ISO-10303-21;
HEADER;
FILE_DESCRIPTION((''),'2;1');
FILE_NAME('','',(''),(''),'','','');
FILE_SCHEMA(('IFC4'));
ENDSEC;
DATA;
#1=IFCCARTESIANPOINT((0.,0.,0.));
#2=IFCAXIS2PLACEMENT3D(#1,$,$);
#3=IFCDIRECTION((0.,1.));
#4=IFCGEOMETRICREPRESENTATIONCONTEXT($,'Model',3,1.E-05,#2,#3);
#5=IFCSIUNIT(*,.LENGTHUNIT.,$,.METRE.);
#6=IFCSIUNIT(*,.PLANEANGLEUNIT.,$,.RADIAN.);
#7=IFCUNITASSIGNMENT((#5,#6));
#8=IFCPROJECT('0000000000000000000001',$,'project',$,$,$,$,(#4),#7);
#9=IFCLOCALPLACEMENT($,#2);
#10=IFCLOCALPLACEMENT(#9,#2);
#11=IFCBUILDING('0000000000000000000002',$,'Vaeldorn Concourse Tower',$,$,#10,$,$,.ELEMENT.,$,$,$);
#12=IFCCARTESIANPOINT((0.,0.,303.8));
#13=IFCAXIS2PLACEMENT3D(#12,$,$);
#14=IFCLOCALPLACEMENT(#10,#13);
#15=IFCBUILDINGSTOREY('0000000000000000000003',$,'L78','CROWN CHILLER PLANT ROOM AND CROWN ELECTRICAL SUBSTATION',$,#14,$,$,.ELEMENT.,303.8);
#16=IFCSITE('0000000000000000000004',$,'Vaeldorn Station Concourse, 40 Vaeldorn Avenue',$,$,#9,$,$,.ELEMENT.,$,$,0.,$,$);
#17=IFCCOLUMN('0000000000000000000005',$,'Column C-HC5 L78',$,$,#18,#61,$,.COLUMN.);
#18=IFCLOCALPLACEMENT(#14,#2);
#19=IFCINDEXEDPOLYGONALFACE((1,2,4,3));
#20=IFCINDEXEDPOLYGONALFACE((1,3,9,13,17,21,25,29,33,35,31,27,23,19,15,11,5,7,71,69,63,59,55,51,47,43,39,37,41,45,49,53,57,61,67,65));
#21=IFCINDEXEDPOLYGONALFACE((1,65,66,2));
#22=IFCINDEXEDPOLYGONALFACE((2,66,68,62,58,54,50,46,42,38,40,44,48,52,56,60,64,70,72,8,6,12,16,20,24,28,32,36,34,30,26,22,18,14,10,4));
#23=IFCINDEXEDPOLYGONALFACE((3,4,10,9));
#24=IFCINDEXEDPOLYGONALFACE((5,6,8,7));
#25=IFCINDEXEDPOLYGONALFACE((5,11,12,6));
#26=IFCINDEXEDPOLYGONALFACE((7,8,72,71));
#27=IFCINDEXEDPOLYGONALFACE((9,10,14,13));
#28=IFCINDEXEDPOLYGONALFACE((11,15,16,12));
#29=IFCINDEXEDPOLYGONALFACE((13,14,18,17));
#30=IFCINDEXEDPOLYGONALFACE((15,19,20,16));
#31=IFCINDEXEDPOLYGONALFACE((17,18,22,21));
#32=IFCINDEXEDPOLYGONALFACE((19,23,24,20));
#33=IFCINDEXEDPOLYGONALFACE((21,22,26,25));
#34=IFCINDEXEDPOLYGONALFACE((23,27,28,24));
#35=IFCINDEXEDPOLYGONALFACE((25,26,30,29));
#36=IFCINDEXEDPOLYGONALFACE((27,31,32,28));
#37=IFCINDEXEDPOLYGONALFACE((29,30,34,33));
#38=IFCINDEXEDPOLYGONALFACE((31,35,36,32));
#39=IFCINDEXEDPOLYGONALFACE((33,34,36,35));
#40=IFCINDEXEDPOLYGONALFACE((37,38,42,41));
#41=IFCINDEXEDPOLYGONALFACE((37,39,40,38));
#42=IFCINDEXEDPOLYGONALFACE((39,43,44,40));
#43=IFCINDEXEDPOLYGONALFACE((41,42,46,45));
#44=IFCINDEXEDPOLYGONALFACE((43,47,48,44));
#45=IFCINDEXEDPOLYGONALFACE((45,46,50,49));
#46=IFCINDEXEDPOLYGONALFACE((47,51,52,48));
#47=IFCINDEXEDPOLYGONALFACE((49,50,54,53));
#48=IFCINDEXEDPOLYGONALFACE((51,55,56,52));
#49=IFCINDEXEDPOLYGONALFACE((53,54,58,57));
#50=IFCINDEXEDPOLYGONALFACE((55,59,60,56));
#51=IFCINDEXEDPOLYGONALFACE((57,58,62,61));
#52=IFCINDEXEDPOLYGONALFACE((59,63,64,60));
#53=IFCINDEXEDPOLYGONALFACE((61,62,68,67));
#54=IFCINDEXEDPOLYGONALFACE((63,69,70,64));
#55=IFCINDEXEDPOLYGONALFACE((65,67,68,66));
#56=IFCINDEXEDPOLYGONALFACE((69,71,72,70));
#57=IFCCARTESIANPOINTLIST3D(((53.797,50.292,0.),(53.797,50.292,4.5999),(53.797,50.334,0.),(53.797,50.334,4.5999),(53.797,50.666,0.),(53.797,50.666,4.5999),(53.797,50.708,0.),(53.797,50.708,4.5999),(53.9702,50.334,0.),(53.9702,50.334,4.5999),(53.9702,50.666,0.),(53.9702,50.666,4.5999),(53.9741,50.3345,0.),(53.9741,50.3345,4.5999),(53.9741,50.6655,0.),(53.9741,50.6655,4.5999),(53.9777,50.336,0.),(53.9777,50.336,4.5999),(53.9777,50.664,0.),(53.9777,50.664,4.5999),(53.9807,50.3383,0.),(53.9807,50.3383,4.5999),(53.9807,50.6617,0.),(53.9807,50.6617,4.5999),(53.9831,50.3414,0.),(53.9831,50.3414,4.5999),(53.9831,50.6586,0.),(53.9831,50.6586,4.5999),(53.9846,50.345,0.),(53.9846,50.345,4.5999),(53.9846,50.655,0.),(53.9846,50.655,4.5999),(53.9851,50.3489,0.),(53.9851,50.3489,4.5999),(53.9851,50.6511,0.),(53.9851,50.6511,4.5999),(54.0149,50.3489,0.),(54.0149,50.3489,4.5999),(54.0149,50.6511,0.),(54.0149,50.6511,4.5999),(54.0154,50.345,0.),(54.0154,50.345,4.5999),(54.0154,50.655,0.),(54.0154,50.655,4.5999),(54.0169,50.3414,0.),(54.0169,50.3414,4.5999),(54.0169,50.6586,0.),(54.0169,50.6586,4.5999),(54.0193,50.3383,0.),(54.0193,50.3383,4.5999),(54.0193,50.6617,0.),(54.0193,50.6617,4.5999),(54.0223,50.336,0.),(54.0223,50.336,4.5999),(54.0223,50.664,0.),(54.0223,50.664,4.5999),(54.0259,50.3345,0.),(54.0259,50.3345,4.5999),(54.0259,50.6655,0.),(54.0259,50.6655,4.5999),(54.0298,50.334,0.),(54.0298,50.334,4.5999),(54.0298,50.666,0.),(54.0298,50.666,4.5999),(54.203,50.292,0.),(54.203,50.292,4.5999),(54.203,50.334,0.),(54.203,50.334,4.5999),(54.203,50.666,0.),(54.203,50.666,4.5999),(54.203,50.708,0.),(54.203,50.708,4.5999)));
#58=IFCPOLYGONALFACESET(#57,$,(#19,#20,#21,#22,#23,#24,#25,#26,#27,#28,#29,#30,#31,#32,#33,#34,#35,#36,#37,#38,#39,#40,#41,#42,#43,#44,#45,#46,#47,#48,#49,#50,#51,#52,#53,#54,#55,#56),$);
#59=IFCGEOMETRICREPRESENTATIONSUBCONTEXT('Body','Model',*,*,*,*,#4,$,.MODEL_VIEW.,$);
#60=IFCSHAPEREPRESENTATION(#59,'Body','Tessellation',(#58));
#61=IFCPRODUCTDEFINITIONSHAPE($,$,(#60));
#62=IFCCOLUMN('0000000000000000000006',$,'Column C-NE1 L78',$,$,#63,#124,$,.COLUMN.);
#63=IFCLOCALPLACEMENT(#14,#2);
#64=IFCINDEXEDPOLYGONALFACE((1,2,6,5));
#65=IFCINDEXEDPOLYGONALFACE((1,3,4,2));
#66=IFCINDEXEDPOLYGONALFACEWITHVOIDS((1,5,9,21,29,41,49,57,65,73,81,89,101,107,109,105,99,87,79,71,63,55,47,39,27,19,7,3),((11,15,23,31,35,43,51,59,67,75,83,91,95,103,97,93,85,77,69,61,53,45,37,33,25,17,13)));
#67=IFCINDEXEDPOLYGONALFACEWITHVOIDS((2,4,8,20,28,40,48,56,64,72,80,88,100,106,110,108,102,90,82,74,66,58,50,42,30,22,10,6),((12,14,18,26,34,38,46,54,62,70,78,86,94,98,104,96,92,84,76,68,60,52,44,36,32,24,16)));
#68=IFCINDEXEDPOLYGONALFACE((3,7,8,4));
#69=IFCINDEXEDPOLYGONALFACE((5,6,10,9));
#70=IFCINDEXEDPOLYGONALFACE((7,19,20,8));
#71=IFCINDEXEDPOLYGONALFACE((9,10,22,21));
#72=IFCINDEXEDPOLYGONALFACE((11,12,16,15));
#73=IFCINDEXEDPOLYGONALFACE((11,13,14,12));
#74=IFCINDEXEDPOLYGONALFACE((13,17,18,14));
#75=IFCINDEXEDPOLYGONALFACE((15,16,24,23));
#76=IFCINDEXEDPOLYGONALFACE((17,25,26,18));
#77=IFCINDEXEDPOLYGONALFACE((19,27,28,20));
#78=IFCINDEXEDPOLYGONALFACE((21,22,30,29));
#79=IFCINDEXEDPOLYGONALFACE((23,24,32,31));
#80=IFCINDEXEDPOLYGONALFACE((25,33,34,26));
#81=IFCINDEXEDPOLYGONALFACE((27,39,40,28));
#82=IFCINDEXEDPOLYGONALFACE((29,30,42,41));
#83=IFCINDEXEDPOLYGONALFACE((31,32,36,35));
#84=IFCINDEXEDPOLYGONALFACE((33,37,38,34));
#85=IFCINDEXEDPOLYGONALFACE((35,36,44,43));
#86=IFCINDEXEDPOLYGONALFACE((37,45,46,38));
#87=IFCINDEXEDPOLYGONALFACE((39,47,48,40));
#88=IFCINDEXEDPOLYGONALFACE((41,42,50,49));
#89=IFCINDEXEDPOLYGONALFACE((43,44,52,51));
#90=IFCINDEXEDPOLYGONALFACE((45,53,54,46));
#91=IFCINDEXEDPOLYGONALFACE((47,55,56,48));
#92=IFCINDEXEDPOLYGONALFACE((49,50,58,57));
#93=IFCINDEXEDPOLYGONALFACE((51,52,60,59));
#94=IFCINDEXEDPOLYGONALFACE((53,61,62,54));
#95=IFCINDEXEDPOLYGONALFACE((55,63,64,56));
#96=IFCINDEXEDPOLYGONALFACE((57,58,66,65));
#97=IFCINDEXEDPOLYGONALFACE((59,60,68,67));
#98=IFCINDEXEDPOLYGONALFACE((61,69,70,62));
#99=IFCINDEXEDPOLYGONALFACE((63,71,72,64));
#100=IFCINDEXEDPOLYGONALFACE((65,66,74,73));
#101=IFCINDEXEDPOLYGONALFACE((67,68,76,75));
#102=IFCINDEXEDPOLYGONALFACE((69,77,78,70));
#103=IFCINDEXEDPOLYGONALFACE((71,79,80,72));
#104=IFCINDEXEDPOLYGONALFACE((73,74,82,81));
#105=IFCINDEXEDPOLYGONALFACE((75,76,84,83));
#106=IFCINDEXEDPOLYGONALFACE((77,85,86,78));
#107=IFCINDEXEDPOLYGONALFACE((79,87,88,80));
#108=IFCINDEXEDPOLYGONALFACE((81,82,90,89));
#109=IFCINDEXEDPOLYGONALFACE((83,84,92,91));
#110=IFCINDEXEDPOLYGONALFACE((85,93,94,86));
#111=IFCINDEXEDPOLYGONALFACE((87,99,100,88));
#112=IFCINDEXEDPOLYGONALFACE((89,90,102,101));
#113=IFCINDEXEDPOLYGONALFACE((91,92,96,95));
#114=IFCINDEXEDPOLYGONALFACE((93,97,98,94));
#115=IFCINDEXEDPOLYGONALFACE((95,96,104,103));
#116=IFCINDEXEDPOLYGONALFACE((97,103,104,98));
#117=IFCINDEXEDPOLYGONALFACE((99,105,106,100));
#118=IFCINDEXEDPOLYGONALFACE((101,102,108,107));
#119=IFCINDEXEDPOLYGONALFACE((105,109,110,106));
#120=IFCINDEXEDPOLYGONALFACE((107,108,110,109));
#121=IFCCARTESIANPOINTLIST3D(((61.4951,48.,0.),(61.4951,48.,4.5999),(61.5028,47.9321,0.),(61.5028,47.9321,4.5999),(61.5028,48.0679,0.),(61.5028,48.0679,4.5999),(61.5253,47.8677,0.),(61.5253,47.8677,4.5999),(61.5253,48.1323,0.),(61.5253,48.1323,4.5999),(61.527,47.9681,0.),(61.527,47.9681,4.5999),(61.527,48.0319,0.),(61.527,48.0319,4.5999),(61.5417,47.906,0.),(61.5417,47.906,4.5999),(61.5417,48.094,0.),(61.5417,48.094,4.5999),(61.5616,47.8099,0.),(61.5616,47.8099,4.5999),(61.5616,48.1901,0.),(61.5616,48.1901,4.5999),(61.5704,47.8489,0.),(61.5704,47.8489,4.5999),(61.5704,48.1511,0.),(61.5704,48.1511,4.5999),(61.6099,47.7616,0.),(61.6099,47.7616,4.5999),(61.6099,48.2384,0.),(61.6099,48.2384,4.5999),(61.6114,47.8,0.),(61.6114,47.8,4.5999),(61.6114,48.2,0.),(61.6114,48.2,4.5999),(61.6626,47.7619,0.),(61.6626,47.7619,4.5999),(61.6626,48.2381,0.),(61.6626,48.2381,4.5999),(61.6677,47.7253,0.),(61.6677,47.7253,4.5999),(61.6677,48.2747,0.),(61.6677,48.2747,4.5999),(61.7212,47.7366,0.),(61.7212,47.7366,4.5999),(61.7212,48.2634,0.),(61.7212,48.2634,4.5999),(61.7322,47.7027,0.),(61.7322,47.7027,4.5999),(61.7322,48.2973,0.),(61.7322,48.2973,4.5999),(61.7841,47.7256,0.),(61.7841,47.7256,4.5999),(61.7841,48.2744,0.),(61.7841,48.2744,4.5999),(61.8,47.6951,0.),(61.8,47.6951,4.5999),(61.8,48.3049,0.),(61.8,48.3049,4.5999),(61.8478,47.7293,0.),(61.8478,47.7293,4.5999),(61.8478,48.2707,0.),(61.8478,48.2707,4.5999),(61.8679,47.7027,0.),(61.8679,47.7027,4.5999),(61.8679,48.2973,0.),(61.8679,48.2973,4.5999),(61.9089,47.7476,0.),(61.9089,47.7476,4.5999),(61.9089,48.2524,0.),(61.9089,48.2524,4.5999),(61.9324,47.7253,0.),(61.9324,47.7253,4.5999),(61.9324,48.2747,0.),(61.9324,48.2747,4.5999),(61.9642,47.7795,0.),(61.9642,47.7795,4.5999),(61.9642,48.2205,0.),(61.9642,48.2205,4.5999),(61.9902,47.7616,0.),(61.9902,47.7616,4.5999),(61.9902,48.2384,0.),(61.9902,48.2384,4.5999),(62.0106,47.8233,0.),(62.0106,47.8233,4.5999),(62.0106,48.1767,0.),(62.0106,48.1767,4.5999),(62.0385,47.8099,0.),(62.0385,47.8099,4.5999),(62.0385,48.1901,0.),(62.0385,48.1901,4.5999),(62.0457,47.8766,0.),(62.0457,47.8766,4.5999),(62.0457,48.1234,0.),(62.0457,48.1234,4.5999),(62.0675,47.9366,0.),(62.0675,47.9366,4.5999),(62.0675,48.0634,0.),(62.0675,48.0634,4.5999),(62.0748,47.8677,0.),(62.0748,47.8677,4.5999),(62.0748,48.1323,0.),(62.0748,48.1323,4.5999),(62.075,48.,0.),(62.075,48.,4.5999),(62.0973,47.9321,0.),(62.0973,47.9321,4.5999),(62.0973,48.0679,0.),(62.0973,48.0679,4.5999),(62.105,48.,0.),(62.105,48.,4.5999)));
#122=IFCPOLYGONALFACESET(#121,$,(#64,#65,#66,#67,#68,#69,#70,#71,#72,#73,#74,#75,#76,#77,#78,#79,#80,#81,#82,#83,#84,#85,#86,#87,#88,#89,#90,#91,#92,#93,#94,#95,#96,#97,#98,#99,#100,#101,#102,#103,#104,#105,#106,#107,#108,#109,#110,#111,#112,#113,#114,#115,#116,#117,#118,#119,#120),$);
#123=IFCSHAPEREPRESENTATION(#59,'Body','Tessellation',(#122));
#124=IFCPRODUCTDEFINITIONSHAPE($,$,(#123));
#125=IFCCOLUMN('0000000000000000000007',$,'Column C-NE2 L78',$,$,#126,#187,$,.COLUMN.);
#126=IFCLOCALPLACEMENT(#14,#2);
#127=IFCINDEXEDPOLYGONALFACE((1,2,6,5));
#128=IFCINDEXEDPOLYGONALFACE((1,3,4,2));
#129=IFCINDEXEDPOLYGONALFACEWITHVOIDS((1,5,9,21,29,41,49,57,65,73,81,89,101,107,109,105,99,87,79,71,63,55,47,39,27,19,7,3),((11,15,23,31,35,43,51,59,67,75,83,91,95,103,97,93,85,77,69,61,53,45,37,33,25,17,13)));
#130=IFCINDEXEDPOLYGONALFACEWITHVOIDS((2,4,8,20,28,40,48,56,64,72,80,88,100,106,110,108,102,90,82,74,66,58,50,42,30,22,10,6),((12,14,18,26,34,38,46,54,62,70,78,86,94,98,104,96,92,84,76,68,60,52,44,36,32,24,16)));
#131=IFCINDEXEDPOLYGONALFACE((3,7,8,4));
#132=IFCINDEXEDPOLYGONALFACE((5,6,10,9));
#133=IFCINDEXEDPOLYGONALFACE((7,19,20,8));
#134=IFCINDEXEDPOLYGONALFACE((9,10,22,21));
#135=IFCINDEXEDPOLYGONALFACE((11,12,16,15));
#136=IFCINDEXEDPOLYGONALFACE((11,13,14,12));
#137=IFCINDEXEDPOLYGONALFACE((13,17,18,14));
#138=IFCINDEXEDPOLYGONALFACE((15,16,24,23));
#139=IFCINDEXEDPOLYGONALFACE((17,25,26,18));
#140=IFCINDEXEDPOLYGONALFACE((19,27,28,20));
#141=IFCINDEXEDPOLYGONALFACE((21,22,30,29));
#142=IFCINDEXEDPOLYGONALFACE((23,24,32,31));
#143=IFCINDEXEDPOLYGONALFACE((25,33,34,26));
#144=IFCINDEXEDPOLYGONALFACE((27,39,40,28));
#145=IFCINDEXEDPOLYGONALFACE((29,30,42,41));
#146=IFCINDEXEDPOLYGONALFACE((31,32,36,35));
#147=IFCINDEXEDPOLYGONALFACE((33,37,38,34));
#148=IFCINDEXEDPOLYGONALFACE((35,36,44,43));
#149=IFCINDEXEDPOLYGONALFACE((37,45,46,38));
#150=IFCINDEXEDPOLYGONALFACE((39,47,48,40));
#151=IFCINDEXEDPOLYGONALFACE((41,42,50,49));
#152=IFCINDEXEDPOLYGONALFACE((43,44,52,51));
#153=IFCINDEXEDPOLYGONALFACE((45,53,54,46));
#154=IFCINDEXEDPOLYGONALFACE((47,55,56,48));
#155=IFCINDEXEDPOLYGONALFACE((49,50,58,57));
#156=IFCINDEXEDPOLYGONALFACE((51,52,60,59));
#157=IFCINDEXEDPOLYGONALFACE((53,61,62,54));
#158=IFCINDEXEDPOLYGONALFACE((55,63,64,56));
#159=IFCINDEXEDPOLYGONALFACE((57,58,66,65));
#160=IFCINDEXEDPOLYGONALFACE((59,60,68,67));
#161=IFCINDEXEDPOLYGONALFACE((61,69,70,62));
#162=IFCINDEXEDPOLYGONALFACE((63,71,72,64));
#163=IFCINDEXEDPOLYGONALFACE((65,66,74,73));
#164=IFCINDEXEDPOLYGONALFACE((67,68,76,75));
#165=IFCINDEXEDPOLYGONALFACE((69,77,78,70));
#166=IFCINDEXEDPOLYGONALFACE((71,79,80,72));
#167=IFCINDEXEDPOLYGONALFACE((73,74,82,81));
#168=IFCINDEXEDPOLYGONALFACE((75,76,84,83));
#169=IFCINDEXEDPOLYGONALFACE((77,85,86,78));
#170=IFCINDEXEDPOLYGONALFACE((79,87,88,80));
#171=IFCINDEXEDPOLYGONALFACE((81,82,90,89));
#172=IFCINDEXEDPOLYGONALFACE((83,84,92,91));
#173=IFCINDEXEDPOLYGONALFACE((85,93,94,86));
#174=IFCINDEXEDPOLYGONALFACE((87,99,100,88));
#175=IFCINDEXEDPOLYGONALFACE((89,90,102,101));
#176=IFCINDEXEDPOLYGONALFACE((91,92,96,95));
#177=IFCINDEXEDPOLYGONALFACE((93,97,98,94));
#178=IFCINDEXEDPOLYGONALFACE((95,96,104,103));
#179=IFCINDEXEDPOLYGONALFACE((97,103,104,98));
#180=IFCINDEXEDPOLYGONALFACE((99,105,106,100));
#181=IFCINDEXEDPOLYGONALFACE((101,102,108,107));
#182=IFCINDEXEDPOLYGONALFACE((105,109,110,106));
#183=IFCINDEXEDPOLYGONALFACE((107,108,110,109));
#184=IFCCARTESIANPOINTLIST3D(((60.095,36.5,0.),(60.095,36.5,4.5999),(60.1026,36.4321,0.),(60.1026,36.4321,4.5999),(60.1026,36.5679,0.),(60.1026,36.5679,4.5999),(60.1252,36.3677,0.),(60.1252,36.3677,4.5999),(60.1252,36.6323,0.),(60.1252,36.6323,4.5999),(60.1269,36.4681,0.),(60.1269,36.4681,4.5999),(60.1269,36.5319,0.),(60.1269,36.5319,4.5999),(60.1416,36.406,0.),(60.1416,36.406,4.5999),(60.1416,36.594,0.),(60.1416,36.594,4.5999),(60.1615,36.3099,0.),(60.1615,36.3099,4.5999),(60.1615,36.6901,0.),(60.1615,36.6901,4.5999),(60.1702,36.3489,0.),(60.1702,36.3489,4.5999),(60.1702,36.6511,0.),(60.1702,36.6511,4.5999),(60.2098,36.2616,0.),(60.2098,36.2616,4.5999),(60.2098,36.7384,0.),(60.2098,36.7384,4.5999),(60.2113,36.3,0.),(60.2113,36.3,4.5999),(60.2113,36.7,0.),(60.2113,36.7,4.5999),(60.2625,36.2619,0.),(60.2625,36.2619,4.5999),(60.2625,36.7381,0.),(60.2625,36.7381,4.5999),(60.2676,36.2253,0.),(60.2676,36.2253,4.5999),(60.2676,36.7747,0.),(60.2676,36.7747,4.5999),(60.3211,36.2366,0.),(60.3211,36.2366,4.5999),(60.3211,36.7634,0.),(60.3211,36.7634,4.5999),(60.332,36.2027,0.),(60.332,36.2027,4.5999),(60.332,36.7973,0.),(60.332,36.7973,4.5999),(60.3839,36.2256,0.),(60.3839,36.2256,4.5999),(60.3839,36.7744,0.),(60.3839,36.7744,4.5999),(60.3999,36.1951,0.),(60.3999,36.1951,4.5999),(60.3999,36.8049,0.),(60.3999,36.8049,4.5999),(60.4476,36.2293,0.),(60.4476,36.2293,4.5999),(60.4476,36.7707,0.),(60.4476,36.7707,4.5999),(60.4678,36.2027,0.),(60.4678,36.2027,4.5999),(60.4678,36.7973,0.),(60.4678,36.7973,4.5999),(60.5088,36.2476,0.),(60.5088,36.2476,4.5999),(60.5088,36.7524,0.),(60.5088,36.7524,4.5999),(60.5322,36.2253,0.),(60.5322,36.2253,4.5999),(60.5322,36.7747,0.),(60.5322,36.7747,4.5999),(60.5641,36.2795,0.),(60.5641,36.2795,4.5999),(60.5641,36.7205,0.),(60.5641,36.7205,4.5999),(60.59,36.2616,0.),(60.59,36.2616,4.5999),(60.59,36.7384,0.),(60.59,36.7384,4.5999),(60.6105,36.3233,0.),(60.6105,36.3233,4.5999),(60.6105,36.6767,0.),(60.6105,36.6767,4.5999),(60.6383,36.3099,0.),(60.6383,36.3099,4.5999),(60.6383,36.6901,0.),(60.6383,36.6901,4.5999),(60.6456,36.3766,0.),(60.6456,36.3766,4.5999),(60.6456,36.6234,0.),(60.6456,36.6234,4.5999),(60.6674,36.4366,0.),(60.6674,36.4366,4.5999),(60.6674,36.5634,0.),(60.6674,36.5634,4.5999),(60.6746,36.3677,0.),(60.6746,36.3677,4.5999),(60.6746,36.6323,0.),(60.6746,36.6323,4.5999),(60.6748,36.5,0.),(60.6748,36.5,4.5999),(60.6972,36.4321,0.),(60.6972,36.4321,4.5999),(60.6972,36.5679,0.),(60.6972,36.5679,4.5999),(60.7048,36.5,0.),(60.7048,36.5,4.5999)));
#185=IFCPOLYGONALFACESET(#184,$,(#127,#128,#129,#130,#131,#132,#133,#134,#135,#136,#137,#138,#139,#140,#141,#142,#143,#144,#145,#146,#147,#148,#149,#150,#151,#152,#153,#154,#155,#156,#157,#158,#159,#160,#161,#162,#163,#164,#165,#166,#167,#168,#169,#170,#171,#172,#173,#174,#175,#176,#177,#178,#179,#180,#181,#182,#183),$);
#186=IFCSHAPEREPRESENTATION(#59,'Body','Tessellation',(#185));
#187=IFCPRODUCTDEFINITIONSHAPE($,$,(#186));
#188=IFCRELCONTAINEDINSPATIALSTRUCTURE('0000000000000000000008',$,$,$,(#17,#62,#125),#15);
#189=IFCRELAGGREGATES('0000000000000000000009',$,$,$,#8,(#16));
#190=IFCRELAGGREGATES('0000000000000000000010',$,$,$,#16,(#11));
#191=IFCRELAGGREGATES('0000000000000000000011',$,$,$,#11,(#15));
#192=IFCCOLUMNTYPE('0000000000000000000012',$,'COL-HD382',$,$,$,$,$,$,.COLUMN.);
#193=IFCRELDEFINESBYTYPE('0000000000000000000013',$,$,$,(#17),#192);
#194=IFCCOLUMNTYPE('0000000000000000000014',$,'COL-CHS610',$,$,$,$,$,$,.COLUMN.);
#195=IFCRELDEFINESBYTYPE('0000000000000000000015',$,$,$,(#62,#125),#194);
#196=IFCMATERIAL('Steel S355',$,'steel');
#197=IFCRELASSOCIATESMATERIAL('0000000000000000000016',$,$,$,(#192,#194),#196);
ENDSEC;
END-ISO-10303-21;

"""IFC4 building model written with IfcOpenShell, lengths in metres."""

from ifc_helpers import new_model, si_unit, direction, frame, origin, origin_2d, place, context, subcontext, project, spatial, hollow_circle, i_section, extrude, source, transform, mapped, material, material_profile, profile_set, type_object, element, save


model = new_model("IFC4")

# Units and contexts
model_context = context("Model", 3, precision=1e-05, world=origin(), true_north=direction((0.0, 1.0)))
body_context = subcontext(model_context, "Body", "Model", "MODEL_VIEW")
ifc_project = project(units=[si_unit("LENGTHUNIT", "METRE"), si_unit("PLANEANGLEUNIT", "RADIAN")], contexts=[model_context])

# Site, building, storey
site_placement = place(None, origin())
site = spatial("IfcSite", under=ifc_project, at=site_placement, Name="Vaeldorn Station Concourse, 40 Vaeldorn Avenue", CompositionType="ELEMENT", RefElevation=0.0)
building_placement = place(site_placement, origin())
building = spatial("IfcBuilding", under=site, at=building_placement, Name="Vaeldorn Concourse Tower", CompositionType="ELEMENT")
storey_placement = place(building_placement, frame((0.0, 0.0, 303.8)))
storey = spatial("IfcBuildingStorey", under=building, at=storey_placement, Name="L78", Description="CROWN CHILLER PLANT ROOM AND CROWN ELECTRICAL SUBSTATION", CompositionType="ELEMENT", Elevation=303.8)

# Columns
ifc_material_1 = material(Name="Steel S355", Category="steel")
ifc_material_profile_1 = material_profile(ifc_material_1, i_section(OverallWidth=0.406, OverallDepth=0.416, WebThickness=0.0298, FlangeThickness=0.042, FilletRadius=0.0149, at=origin_2d()), Name="HD 400x382")
ifc_profile_set_1 = profile_set([ifc_material_profile_1], Name="Steel S355")
column_type_1 = type_object("IfcColumnType", Name="COL-HD382", PredefinedType="COLUMN", material=ifc_profile_set_1)
shared_shape_1 = source(origin(), body_context, "Body", "SweptSolid", [
    extrude(i_section(OverallWidth=0.406, OverallDepth=0.416, WebThickness=0.0298, FlangeThickness=0.042, FilletRadius=0.0149, at=origin_2d()), origin(), (0.0, 0.0, 1.0), 4.5999),
])
column_placement = place(storey_placement, frame((54.0, 50.5, 0.0), z_axis=(0.0, 0.0, 1.0), x_axis=(1.0, 0.0, 0.0)))
element("IfcColumn", 1, at=column_placement, inside=storey, type_object=column_type_1, Name="Column C-HC5 L78", PredefinedType="COLUMN", context=body_context, shape_type="MappedRepresentation", body=[
    mapped(shared_shape_1, transform((0.0, 0.0, 0.0), scale=1.0)),
])
ifc_material_profile_2 = material_profile(ifc_material_1, hollow_circle(Radius=0.3049, WallThickness=0.03, at=origin_2d()), Name="CHS 610x30")
ifc_profile_set_2 = profile_set([ifc_material_profile_2], Name="Steel S355")
column_type_2 = type_object("IfcColumnType", Name="COL-CHS610", PredefinedType="COLUMN", material=ifc_profile_set_2)
shared_shape_2 = source(origin(), body_context, "Body", "SweptSolid", [
    extrude(hollow_circle(Radius=0.3049, WallThickness=0.03, at=origin_2d()), origin(), (0.0, 0.0, 1.0), 4.5999),
])
for number, where, z_axis, x_axis, name in (
    (2, (61.8, 48.0, 0.0), (0.0, 0.0, 1.0), (1.0, 0.0, 0.0), "Column C-NE1 L78"),
    (3, (60.3999, 36.5, 0.0), (0.0, 0.0, 1.0), (1.0, 0.0, 0.0), "Column C-NE2 L78"),
):
    element("IfcColumn", number, at=place(storey_placement, frame(where, z_axis=z_axis, x_axis=x_axis)), inside=storey, type_object=column_type_2, Name=name, PredefinedType="COLUMN", context=body_context, shape_type="MappedRepresentation", body=[
        mapped(shared_shape_2, transform((0.0, 0.0, 0.0), scale=1.0)),
    ])

save(model, "model.ifc")
